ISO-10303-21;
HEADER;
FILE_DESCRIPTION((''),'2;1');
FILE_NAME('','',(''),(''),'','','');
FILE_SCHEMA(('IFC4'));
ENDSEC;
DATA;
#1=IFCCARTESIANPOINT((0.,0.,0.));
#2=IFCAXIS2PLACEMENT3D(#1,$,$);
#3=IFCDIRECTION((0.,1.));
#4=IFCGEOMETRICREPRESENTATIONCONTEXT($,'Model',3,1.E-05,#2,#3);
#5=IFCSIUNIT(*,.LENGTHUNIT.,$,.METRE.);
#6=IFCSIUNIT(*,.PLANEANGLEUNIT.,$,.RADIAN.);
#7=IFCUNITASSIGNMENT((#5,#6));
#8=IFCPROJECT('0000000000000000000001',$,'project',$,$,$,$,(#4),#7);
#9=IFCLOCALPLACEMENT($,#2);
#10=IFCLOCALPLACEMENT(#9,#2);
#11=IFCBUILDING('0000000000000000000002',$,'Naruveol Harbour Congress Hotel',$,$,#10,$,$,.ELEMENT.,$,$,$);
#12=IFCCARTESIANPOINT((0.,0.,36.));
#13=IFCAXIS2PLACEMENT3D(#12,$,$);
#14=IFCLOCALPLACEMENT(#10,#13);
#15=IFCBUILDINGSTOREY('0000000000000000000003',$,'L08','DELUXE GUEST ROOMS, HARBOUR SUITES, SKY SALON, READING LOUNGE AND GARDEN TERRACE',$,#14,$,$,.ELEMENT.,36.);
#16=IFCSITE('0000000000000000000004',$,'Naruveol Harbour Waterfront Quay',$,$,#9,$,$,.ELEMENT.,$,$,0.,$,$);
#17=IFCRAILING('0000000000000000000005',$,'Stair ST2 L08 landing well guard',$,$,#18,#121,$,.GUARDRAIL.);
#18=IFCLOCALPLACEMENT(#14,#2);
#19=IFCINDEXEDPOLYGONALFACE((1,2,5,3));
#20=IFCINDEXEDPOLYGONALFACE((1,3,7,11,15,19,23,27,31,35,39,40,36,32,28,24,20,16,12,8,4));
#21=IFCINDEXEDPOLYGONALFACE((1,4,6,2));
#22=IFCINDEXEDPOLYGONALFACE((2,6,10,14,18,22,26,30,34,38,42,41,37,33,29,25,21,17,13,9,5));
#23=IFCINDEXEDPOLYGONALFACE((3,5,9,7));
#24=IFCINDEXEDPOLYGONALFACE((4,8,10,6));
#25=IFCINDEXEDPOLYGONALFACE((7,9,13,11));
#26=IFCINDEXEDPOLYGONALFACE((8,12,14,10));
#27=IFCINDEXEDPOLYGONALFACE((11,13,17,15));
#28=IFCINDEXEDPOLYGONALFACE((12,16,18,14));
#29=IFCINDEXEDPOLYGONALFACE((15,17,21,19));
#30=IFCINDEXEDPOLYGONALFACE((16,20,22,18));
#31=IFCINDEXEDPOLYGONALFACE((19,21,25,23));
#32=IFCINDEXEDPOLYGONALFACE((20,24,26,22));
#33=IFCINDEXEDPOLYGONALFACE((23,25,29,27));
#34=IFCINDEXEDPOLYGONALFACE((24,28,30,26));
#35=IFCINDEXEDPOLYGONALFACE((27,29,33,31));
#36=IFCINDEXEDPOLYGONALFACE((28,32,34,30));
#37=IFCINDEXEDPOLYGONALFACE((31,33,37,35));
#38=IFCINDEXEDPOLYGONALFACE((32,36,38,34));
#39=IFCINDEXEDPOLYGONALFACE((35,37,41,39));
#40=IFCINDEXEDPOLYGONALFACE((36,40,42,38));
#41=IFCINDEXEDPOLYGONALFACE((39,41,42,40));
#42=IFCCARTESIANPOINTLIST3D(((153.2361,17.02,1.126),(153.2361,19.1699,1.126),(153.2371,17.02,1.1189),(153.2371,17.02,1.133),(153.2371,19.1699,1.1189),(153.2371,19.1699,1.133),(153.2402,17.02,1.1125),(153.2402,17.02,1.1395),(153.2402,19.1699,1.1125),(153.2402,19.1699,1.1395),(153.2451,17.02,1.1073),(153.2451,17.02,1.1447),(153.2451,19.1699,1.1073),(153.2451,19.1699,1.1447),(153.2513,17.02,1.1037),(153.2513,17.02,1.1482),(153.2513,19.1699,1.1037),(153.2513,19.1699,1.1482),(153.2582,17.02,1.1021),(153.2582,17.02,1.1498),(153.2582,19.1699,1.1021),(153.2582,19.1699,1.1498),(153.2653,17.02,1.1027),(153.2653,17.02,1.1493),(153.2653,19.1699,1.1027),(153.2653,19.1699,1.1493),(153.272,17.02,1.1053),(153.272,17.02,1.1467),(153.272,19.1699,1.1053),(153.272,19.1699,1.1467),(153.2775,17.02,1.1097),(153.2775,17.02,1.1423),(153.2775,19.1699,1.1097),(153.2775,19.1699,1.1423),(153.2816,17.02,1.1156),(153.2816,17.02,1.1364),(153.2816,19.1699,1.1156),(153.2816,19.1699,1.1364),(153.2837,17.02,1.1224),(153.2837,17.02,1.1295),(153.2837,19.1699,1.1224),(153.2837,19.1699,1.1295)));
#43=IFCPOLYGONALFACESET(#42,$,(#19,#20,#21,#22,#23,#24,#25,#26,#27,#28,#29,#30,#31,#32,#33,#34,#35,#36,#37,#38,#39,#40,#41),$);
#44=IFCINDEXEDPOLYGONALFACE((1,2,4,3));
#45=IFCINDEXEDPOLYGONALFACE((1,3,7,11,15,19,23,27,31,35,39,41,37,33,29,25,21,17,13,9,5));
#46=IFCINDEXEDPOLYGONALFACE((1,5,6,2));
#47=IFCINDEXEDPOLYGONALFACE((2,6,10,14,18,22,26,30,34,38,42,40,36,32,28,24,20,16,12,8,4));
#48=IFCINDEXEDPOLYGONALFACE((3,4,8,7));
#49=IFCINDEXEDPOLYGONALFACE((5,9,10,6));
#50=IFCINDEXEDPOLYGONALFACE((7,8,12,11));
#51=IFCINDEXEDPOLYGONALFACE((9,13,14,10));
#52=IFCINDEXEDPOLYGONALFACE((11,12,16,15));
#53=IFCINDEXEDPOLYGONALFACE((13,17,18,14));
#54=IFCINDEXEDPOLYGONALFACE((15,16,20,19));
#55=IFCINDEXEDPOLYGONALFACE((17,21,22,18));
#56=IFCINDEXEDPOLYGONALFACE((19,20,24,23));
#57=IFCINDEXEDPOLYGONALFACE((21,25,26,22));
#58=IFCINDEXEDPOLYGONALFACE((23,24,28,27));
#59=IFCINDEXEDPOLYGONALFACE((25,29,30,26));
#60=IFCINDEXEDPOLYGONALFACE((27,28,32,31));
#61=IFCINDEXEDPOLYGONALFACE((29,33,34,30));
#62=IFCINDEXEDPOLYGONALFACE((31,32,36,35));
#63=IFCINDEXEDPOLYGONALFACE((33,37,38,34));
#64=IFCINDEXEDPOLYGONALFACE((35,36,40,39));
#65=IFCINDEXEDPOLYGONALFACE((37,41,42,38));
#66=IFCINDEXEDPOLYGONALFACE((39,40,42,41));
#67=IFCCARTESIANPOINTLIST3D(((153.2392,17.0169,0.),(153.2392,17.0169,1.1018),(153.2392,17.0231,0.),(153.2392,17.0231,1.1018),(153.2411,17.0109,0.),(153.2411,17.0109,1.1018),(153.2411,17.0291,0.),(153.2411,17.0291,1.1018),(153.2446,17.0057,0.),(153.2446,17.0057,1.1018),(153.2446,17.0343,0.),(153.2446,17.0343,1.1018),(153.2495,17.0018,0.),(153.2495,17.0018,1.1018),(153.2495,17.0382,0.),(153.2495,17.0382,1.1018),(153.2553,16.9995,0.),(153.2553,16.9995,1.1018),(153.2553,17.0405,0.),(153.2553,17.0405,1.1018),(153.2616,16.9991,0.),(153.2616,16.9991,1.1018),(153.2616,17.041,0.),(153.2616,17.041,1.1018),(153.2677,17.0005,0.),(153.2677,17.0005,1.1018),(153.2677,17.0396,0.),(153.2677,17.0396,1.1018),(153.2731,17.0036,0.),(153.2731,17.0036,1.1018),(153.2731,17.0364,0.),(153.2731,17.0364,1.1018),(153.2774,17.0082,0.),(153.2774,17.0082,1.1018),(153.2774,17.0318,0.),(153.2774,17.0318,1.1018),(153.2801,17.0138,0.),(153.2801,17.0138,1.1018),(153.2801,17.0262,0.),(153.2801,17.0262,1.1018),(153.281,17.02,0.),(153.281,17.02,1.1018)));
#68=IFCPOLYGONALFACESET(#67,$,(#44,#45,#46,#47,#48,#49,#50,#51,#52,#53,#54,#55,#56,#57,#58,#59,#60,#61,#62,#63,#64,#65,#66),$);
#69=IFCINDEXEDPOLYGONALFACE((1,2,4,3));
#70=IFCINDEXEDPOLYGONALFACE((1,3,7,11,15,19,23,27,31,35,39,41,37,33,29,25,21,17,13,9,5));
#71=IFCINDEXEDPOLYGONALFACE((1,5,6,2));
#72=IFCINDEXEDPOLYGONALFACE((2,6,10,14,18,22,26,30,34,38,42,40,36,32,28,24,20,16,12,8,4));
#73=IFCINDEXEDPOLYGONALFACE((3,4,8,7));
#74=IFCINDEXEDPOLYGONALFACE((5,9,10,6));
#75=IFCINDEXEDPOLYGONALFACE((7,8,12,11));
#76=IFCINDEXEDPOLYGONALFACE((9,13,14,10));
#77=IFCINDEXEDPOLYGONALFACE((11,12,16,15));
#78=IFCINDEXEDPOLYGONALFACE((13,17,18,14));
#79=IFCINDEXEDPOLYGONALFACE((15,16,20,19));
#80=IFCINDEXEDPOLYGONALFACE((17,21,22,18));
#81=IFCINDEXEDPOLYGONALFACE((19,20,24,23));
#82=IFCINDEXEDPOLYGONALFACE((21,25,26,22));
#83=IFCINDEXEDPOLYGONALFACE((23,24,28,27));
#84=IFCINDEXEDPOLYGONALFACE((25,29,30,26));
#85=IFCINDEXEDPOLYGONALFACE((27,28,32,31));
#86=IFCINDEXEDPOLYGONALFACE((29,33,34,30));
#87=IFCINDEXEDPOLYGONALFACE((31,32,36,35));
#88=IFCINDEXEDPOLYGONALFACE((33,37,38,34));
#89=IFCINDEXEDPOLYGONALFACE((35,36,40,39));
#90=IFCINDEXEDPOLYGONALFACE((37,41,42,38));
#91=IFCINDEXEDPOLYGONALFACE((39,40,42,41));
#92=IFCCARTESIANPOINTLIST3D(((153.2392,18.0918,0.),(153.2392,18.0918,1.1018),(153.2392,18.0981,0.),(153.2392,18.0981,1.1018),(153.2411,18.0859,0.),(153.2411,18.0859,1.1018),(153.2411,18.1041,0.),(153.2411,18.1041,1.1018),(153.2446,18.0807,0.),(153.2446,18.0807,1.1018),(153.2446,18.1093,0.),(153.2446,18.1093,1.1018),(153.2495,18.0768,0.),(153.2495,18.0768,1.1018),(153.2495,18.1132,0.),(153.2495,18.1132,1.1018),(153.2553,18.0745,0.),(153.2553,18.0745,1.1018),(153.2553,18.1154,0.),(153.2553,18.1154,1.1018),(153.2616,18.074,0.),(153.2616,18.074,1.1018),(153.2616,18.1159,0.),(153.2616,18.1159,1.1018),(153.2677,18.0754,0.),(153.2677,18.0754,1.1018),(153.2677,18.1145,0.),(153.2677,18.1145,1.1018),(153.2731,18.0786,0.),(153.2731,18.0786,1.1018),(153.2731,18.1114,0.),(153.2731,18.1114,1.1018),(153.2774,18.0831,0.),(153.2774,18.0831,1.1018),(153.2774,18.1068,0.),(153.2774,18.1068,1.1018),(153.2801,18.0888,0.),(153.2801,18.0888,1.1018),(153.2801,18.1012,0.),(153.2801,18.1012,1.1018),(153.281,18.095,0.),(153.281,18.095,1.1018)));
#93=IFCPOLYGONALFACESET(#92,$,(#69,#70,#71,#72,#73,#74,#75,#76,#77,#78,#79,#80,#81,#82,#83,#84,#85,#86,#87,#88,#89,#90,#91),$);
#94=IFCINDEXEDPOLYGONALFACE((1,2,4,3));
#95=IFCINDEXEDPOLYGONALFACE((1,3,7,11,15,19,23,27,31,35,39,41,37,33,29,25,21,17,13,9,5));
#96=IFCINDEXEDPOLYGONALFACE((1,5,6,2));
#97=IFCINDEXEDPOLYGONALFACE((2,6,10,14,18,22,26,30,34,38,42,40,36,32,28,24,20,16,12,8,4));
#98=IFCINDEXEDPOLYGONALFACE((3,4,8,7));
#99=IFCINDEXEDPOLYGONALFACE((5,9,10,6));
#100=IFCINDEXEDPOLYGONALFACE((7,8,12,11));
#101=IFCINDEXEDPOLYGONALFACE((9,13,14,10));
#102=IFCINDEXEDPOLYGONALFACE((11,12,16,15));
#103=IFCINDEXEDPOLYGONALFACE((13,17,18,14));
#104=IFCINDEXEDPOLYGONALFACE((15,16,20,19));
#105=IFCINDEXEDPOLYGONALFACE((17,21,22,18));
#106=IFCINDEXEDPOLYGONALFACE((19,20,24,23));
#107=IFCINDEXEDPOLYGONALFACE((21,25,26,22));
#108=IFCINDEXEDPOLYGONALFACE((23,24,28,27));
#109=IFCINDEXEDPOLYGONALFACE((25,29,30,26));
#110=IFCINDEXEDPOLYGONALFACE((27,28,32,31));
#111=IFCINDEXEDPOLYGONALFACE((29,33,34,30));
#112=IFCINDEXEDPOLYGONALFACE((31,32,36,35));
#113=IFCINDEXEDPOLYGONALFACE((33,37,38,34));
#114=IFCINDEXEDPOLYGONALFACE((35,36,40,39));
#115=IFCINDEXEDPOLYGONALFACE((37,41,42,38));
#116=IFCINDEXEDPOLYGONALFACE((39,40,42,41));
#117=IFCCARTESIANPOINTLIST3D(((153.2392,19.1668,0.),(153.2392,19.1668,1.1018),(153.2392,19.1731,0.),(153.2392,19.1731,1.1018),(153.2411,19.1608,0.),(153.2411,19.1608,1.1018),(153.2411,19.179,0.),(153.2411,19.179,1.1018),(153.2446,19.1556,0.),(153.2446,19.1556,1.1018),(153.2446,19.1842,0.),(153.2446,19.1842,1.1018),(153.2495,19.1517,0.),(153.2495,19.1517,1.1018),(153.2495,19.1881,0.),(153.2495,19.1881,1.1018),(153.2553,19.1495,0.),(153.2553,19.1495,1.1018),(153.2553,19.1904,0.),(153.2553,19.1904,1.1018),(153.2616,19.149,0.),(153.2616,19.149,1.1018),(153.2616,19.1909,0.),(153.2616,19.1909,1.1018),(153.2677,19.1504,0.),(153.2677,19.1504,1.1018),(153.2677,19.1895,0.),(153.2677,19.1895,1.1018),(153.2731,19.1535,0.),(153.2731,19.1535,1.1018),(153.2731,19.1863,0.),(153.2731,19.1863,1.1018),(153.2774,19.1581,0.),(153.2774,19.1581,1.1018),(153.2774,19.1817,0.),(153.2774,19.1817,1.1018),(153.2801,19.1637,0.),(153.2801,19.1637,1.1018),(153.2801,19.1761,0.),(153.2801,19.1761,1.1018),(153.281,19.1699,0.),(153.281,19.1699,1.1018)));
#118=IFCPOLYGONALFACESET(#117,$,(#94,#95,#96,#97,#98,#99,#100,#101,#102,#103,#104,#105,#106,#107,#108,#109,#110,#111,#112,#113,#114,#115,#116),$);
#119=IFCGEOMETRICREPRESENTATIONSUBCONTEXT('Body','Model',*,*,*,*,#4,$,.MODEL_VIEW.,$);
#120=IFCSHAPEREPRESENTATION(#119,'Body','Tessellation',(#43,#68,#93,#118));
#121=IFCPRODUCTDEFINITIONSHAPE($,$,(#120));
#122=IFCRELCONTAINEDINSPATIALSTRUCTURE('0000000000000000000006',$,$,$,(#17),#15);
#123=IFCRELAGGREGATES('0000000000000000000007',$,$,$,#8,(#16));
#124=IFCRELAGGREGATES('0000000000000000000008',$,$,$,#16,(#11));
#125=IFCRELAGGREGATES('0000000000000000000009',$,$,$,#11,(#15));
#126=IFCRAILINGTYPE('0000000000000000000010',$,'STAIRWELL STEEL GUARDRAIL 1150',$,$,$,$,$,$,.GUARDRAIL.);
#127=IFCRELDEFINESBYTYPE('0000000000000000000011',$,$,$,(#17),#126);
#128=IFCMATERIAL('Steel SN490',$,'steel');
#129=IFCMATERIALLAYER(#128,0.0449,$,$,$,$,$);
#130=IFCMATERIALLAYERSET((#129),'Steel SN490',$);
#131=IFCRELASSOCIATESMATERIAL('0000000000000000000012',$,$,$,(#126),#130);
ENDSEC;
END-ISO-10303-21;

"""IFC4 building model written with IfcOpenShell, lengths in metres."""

from ifc_helpers import new_model, si_unit, direction, frame, origin, origin_2d, place, context, subcontext, project, spatial, circle, extrude, material, layer, layer_set, type_object, element, save


model = new_model("IFC4")

# Units and contexts
model_context = context("Model", 3, precision=1e-05, world=origin(), true_north=direction((0.0, 1.0)))
body_context = subcontext(model_context, "Body", "Model", "MODEL_VIEW")
ifc_project = project(units=[si_unit("LENGTHUNIT", "METRE"), si_unit("PLANEANGLEUNIT", "RADIAN")], contexts=[model_context])

# Site, building, storey
site_placement = place(None, origin())
site = spatial("IfcSite", under=ifc_project, at=site_placement, Name="Naruveol Harbour Waterfront Quay", CompositionType="ELEMENT", RefElevation=0.0)
building_placement = place(site_placement, origin())
building = spatial("IfcBuilding", under=site, at=building_placement, Name="Naruveol Harbour Congress Hotel", CompositionType="ELEMENT")
storey_placement = place(building_placement, frame((0.0, 0.0, 36.0)))
storey = spatial("IfcBuildingStorey", under=building, at=storey_placement, Name="L08", Description="DELUXE GUEST ROOMS, HARBOUR SUITES, SKY SALON, READING LOUNGE AND GARDEN TERRACE", CompositionType="ELEMENT", Elevation=36.0)

# Railing
ifc_material_1 = material(Name="Steel SN490", Category="steel")
ifc_layer_1 = layer(ifc_material_1, 0.0449)
ifc_layer_set_1 = layer_set([ifc_layer_1], Name="Steel SN490")
railing_type_1 = type_object("IfcRailingType", Name="STAIRWELL STEEL GUARDRAIL 1150", PredefinedType="GUARDRAIL", material=ifc_layer_set_1)
railing_1_placement = place(storey_placement, frame((153.26, 17.02, 0.0)))
element("IfcRailing", 1, at=railing_1_placement, inside=storey, type_object=railing_type_1, Name="Stair ST2 L08 landing well guard", PredefinedType="GUARDRAIL", context=body_context, shape_type="SweptSolid", body=[
    extrude(circle(Radius=0.0239, at=origin_2d()), frame((0.0, 0.0, 1.126), z_axis=(0.0, 1.0, 0.0), x_axis=(-1.0, 0.0, 0.0)), (0.0, 0.0, 1.0), 2.1499),
    extrude(circle(Radius=0.021, at=origin_2d()), origin(), (0.0, 0.0, 1.0), 1.1018),
    extrude(circle(Radius=0.021, at=origin_2d()), frame((0.0, 1.075, 0.0)), (0.0, 0.0, 1.0), 1.1018),
    extrude(circle(Radius=0.021, at=origin_2d()), frame((0.0, 2.1499, 0.0)), (0.0, 0.0, 1.0), 1.1018),
])

save(model, "model.ifc")
